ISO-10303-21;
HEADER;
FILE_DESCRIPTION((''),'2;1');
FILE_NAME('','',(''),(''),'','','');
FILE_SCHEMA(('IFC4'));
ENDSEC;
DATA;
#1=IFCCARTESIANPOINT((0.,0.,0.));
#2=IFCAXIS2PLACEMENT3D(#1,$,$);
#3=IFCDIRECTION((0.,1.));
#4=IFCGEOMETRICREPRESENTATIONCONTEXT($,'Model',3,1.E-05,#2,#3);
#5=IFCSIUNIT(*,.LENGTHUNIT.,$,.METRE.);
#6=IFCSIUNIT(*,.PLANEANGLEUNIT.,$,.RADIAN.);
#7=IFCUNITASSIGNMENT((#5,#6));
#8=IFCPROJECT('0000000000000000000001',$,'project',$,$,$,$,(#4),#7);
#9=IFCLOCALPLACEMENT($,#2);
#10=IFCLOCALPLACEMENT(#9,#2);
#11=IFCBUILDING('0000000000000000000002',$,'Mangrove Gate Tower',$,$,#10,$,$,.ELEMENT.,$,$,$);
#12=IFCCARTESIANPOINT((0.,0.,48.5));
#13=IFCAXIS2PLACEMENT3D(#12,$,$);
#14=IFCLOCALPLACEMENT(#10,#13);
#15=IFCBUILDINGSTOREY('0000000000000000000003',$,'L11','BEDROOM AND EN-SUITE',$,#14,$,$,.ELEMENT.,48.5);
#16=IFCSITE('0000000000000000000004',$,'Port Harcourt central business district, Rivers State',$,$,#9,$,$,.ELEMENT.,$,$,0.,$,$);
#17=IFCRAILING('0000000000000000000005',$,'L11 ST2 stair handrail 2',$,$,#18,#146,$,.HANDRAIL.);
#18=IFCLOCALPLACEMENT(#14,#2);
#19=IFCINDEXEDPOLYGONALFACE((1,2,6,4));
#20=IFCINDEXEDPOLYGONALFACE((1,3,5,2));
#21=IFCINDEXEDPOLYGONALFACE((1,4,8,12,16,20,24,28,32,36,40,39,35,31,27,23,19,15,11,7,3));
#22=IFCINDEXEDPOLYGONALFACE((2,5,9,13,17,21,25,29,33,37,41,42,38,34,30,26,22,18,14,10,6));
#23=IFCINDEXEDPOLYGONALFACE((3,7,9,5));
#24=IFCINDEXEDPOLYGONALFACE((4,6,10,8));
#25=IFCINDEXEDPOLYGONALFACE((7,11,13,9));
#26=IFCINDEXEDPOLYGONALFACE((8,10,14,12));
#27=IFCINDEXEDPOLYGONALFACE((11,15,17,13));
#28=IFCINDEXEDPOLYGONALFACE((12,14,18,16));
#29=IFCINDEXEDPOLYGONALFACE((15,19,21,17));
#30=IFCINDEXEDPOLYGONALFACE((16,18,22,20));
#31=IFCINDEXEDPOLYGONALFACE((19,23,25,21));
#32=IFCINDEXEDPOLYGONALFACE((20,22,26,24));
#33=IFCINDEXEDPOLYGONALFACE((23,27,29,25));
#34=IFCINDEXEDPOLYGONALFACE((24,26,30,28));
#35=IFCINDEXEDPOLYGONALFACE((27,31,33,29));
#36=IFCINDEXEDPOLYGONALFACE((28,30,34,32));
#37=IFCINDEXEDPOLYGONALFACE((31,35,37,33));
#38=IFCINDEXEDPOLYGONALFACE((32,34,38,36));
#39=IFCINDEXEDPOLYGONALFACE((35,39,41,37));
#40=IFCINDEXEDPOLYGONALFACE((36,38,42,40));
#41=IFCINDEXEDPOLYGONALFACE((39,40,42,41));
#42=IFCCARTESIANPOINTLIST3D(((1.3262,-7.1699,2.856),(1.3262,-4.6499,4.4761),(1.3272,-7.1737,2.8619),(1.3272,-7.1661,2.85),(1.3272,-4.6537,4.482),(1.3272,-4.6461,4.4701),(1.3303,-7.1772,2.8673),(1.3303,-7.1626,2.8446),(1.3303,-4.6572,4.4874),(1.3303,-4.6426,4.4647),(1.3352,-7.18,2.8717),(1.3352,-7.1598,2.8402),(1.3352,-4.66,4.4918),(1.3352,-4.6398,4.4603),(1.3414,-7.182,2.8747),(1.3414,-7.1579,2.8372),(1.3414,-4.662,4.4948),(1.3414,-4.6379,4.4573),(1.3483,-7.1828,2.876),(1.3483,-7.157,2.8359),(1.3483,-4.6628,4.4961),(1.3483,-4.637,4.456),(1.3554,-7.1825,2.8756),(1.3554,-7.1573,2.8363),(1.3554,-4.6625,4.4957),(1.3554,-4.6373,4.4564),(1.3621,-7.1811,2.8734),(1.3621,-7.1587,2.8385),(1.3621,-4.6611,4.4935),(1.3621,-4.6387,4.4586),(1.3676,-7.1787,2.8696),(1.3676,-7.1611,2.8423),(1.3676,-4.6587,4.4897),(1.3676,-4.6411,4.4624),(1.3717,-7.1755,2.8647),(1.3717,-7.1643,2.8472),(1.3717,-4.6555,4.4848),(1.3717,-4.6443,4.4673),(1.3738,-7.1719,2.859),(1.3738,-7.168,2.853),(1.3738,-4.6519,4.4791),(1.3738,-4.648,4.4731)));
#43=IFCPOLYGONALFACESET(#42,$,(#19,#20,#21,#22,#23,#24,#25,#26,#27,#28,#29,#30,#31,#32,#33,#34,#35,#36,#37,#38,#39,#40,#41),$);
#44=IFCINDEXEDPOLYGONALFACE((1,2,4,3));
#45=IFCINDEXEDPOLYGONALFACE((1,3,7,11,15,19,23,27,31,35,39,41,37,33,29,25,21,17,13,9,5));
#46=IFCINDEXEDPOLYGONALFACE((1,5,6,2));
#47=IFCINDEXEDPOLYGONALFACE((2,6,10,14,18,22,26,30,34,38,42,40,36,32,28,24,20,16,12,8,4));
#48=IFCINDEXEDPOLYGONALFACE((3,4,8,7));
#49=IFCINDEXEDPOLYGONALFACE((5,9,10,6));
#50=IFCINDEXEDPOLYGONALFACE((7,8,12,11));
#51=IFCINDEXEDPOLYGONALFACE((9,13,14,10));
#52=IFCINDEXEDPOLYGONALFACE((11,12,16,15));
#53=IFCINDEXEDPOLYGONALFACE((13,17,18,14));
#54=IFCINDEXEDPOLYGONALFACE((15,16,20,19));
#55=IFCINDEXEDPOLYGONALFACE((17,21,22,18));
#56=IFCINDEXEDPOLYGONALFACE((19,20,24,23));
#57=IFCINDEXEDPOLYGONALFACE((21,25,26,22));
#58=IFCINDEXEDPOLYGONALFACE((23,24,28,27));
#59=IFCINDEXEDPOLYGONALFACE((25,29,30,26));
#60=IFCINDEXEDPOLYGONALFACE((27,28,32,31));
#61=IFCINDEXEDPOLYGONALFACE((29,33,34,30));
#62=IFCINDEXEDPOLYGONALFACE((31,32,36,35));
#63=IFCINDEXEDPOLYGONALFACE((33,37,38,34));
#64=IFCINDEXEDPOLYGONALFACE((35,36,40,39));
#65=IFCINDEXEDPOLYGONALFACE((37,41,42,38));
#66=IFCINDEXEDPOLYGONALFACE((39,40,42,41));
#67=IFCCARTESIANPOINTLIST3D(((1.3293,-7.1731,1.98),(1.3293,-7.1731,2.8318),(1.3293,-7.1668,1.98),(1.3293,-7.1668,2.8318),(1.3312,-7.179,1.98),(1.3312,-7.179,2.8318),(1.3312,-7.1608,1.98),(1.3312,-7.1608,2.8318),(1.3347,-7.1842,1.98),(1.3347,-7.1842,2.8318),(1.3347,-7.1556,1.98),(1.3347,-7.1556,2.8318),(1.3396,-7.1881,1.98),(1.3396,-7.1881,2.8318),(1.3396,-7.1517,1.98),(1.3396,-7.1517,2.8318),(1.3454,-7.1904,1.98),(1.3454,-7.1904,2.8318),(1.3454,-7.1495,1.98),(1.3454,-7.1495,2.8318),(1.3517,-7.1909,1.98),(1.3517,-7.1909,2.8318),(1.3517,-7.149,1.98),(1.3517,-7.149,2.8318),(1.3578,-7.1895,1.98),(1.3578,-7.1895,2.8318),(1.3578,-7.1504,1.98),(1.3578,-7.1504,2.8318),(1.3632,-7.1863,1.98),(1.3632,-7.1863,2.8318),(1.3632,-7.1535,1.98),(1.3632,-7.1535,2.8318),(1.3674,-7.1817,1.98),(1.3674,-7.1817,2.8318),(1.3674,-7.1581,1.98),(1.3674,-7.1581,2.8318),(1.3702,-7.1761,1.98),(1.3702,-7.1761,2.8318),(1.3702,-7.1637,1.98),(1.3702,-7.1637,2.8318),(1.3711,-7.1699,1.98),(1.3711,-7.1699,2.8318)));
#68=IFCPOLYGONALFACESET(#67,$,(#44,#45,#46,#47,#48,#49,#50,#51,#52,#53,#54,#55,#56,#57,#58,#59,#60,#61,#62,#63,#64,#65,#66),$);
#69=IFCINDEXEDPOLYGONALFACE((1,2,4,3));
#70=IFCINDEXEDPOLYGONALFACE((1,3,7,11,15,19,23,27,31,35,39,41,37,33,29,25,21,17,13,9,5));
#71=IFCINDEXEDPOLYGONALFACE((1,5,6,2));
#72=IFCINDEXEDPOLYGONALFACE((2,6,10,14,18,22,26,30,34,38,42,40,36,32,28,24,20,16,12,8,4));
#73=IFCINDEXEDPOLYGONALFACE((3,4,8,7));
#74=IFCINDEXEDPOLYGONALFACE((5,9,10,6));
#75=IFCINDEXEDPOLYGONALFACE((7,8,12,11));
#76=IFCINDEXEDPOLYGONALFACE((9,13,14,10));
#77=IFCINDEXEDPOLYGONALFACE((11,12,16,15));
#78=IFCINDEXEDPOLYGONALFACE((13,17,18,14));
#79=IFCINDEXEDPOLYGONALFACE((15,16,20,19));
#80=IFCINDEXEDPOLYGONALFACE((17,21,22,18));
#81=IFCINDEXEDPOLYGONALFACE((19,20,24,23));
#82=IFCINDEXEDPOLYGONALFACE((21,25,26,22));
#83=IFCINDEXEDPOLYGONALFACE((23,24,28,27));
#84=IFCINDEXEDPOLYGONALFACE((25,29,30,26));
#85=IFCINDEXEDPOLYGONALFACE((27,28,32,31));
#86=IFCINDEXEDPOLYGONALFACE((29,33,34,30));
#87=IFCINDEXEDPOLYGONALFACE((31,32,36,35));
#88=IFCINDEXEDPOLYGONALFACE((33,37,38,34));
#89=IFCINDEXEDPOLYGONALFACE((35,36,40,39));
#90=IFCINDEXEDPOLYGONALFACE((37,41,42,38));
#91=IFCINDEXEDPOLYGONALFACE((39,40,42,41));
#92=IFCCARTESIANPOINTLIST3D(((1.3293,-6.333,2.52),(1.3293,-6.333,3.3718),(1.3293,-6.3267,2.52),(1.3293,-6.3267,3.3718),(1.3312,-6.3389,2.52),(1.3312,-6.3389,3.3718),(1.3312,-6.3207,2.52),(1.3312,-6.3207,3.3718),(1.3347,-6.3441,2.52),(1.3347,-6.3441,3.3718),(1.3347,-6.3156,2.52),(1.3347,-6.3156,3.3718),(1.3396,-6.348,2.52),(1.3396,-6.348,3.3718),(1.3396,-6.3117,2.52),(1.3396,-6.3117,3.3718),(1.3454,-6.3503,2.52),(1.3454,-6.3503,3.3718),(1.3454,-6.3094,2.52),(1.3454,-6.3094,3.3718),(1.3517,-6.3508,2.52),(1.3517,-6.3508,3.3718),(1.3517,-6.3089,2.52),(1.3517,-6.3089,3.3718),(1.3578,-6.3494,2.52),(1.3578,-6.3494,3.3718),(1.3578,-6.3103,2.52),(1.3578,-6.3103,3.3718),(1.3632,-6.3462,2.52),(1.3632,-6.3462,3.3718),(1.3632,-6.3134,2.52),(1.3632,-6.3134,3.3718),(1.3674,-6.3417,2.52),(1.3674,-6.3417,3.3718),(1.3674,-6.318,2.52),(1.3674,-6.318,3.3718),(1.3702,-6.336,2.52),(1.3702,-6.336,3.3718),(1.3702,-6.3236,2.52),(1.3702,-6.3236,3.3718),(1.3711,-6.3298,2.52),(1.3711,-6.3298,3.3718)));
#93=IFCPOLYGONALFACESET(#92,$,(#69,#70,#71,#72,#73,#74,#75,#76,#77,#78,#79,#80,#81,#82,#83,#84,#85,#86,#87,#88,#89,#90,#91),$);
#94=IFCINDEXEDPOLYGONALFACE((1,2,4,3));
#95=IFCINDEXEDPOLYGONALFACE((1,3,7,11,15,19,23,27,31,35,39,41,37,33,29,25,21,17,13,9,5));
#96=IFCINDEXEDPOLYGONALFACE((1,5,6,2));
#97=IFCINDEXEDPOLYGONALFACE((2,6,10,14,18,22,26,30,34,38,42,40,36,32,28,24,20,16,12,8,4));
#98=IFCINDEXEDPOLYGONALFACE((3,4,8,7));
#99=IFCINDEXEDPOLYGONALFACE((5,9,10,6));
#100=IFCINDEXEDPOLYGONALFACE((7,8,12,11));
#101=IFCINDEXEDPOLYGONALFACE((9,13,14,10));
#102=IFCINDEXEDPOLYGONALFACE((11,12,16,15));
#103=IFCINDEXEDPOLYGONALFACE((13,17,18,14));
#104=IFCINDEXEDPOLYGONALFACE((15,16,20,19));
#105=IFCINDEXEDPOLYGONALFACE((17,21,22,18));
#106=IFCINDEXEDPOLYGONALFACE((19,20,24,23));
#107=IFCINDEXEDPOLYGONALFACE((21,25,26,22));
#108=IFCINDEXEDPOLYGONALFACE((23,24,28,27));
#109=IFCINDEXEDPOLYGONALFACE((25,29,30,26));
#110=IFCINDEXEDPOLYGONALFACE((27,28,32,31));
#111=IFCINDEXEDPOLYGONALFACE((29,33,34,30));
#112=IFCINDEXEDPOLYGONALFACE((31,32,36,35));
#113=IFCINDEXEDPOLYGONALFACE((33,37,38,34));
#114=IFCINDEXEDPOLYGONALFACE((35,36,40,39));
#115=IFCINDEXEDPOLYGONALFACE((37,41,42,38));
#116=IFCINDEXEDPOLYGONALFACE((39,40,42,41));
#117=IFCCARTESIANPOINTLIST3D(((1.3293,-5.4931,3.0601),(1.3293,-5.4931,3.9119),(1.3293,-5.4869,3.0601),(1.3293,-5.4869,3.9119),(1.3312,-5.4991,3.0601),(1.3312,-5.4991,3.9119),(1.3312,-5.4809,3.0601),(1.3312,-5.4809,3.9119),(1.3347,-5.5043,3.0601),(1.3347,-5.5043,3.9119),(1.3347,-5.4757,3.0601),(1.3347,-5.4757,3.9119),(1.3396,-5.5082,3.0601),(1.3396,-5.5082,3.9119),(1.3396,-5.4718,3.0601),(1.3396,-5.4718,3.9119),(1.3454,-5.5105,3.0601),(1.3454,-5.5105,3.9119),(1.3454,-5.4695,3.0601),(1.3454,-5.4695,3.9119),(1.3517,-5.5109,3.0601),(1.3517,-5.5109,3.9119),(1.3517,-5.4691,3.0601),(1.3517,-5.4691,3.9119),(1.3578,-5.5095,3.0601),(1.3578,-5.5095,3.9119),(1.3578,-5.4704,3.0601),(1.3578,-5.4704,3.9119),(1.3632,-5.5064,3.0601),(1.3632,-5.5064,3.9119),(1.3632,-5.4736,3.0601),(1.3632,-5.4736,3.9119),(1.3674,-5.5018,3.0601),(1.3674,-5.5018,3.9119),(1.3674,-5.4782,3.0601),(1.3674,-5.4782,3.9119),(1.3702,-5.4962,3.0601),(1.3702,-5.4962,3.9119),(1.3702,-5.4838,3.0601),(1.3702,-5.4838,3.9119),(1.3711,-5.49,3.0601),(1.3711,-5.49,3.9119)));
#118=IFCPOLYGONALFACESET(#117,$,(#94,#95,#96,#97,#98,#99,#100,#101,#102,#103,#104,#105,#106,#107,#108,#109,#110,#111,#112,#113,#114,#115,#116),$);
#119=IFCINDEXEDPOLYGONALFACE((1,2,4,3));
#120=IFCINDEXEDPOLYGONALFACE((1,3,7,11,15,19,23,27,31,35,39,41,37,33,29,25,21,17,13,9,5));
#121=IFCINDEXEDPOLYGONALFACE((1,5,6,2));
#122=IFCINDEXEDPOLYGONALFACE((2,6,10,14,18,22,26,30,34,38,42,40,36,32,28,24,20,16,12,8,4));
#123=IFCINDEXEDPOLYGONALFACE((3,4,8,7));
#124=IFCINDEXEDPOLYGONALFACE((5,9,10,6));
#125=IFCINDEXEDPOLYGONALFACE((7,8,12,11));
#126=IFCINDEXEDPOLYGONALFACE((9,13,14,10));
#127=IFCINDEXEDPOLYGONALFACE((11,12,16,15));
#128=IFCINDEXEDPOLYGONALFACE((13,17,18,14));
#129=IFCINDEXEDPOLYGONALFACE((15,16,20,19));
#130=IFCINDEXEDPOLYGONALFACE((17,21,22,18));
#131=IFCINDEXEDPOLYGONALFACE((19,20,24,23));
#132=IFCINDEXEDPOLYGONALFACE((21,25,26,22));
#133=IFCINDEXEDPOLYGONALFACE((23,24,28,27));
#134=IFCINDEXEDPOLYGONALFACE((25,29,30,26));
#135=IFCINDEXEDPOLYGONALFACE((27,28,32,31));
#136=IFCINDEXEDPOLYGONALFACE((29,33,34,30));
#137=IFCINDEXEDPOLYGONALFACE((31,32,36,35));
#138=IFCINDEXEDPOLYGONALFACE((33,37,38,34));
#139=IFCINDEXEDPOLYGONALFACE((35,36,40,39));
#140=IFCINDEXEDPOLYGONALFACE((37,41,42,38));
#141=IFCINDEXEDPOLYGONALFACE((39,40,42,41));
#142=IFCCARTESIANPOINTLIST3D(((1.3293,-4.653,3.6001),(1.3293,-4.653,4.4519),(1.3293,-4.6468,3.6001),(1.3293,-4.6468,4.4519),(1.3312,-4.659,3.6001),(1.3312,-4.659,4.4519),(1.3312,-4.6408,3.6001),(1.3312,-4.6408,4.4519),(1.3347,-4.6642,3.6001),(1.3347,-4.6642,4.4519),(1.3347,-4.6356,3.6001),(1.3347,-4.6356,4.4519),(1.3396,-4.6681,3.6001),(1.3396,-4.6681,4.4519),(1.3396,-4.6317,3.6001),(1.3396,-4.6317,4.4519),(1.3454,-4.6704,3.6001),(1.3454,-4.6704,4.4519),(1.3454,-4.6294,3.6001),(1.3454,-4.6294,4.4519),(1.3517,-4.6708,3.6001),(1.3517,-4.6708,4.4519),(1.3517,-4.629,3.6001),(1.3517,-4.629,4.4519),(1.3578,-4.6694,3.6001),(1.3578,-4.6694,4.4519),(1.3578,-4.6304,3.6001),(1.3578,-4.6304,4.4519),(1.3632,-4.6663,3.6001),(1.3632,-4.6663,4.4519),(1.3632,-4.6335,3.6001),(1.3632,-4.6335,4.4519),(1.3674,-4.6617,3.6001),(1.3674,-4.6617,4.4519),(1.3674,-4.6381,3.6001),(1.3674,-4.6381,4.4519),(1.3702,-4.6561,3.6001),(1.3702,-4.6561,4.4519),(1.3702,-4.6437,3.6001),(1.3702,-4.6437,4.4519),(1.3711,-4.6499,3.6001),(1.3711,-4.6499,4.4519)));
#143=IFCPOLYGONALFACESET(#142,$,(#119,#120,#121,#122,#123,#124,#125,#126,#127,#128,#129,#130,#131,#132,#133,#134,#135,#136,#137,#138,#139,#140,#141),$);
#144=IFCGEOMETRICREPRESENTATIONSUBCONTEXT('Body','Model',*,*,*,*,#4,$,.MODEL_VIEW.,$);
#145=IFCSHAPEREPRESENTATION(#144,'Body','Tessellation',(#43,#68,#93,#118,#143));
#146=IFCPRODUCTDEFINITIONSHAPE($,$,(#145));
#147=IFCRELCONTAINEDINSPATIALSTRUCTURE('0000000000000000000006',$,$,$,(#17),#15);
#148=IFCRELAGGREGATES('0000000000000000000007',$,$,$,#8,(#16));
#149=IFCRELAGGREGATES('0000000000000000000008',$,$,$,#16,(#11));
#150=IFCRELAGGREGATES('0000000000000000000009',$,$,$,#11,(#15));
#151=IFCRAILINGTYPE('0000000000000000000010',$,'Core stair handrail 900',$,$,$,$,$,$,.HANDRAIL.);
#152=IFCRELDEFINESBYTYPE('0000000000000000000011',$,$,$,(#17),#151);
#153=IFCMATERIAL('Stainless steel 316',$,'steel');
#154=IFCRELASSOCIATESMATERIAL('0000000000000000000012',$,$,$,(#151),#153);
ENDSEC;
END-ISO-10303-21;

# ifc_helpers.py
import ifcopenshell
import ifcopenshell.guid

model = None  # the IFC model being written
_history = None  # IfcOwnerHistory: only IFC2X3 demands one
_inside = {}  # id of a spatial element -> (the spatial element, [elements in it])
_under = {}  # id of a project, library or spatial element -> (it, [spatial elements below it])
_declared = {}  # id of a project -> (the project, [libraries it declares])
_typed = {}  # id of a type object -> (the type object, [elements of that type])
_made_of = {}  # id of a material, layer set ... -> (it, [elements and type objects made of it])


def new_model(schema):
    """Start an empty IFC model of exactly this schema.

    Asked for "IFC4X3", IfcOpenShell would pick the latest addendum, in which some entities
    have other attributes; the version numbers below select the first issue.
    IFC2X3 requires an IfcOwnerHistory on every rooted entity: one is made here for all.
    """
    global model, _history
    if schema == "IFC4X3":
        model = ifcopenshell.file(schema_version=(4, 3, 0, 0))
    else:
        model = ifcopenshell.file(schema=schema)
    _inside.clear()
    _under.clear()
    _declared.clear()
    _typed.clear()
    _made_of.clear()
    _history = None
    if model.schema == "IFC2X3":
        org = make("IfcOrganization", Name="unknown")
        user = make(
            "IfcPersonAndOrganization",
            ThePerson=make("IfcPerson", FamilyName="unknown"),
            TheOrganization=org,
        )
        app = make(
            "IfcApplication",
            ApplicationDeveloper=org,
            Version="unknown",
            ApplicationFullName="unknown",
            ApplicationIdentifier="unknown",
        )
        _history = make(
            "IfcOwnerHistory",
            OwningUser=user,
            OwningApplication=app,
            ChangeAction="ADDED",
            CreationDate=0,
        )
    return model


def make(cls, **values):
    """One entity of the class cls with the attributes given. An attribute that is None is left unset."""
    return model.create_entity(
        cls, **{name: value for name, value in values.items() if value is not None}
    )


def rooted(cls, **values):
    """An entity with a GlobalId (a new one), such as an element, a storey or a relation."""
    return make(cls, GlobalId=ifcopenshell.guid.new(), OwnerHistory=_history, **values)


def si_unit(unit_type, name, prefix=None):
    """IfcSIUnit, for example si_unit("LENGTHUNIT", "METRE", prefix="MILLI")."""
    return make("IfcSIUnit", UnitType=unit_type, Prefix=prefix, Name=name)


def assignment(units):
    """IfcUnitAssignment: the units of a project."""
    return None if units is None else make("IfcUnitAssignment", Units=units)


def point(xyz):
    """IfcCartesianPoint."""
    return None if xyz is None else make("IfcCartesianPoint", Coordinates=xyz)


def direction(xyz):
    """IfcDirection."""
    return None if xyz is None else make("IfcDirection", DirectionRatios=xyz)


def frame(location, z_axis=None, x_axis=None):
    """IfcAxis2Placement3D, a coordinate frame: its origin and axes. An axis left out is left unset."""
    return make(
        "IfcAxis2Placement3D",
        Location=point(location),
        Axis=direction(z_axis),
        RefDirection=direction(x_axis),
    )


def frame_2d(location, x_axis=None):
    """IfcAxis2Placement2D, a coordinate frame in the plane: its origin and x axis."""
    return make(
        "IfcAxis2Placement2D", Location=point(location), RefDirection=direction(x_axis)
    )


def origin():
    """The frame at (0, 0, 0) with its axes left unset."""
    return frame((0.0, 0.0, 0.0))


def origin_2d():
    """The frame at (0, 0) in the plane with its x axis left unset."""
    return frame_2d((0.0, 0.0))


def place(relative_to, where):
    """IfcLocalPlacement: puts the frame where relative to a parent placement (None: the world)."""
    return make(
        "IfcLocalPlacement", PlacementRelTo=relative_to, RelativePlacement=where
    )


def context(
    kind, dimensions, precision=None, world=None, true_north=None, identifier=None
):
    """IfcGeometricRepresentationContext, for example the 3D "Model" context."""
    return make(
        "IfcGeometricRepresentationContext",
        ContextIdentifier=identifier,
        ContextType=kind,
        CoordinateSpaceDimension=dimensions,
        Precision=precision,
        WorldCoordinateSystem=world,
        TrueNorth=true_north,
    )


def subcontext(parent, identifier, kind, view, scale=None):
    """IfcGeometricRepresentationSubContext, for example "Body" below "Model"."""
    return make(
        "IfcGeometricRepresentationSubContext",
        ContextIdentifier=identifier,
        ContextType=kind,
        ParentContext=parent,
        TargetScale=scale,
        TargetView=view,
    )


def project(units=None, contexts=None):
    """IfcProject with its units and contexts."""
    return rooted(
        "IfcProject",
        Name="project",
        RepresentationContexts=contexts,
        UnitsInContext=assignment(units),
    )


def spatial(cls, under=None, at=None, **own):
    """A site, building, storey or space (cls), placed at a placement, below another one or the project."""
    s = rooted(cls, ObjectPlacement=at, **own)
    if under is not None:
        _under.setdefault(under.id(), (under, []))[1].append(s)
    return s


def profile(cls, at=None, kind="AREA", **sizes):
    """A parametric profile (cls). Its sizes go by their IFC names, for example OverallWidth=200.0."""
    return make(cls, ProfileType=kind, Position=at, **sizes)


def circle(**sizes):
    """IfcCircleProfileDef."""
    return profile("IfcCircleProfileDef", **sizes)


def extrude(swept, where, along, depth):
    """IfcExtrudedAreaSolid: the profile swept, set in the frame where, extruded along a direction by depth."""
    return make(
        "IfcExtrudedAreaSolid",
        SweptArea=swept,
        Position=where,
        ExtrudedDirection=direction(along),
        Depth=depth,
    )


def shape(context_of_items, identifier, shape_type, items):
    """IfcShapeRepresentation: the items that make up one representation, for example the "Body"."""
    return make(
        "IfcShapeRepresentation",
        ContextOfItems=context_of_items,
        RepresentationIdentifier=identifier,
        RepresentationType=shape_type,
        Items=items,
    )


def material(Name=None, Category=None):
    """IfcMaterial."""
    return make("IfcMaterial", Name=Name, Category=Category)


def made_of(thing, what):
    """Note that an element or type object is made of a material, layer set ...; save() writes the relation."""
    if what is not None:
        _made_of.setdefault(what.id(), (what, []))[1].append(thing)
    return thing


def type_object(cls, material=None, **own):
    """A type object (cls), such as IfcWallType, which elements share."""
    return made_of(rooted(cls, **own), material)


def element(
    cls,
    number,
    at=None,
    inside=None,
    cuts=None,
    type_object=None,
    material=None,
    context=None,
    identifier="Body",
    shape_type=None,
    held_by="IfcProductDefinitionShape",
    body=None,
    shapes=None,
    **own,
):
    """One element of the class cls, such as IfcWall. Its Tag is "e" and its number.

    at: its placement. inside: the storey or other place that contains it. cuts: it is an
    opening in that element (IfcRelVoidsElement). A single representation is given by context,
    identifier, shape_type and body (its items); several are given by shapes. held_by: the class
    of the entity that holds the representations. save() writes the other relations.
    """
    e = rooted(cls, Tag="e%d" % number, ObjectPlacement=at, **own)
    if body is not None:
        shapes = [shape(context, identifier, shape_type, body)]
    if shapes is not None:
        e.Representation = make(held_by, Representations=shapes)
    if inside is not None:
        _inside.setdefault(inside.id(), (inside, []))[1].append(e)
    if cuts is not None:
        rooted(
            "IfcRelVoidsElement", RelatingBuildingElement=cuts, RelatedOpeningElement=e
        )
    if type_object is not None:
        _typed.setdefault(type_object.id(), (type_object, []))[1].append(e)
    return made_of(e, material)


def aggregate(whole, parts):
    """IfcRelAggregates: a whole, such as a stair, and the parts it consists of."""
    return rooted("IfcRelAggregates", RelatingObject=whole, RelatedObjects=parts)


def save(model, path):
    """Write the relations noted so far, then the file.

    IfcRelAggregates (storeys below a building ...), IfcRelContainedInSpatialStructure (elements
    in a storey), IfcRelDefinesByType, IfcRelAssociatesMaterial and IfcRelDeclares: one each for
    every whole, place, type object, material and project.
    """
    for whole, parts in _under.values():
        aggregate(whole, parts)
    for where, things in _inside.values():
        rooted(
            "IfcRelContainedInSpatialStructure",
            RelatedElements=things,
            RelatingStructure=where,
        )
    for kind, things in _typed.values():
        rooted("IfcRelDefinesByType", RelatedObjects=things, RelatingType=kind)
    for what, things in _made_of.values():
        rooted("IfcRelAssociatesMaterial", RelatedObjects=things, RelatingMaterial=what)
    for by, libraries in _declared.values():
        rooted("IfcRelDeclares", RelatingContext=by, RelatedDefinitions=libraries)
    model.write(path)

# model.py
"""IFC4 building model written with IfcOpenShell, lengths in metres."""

from ifc_helpers import new_model, si_unit, direction, frame, origin, origin_2d, place, context, subcontext, project, spatial, circle, extrude, material, type_object, element, save


model = new_model("IFC4")

# Units and contexts
model_context = context("Model", 3, precision=1e-05, world=origin(), true_north=direction((0.0, 1.0)))
body_context = subcontext(model_context, "Body", "Model", "MODEL_VIEW")
ifc_project = project(units=[si_unit("LENGTHUNIT", "METRE"), si_unit("PLANEANGLEUNIT", "RADIAN")], contexts=[model_context])

# Site, building, storey
site_placement = place(None, origin())
site = spatial("IfcSite", under=ifc_project, at=site_placement, Name="Port Harcourt central business district, Rivers State", CompositionType="ELEMENT", RefElevation=0.0)
building_placement = place(site_placement, origin())
building = spatial("IfcBuilding", under=site, at=building_placement, Name="Mangrove Gate Tower", CompositionType="ELEMENT")
storey_placement = place(building_placement, frame((0.0, 0.0, 48.5)))
storey = spatial("IfcBuildingStorey", under=building, at=storey_placement, Name="L11", Description="BEDROOM AND EN-SUITE", CompositionType="ELEMENT", Elevation=48.5)

# Railing
ifc_material_1 = material(Name="Stainless steel 316", Category="steel")
railing_type_1 = type_object("IfcRailingType", Name="Core stair handrail 900", PredefinedType="HANDRAIL", material=ifc_material_1)
railing_1_placement = place(storey_placement, frame((1.3501, -7.1699, 1.98)))
element("IfcRailing", 1, at=railing_1_placement, inside=storey, type_object=railing_type_1, Name="L11 ST2 stair handrail 2", PredefinedType="HANDRAIL", context=body_context, shape_type="SweptSolid", body=[
    extrude(circle(Radius=0.0239, at=origin_2d()), frame((0.0, 0.0, 0.876), z_axis=(0.0, 0.841163, 0.540782), x_axis=(-1.0, 0.0, 0.0)), (0.0, 0.0, 1.0), 2.9958),
    extrude(circle(Radius=0.021, at=origin_2d()), origin(), (0.0, 0.0, 1.0), 0.8518),
    extrude(circle(Radius=0.021, at=origin_2d()), frame((0.0, 0.8401, 0.54)), (0.0, 0.0, 1.0), 0.8518),
    extrude(circle(Radius=0.021, at=origin_2d()), frame((0.0, 1.6799, 1.0801)), (0.0, 0.0, 1.0), 0.8518),
    extrude(circle(Radius=0.021, at=origin_2d()), frame((0.0, 2.52, 1.6201)), (0.0, 0.0, 1.0), 0.8518),
])

save(model, "model.ifc")
